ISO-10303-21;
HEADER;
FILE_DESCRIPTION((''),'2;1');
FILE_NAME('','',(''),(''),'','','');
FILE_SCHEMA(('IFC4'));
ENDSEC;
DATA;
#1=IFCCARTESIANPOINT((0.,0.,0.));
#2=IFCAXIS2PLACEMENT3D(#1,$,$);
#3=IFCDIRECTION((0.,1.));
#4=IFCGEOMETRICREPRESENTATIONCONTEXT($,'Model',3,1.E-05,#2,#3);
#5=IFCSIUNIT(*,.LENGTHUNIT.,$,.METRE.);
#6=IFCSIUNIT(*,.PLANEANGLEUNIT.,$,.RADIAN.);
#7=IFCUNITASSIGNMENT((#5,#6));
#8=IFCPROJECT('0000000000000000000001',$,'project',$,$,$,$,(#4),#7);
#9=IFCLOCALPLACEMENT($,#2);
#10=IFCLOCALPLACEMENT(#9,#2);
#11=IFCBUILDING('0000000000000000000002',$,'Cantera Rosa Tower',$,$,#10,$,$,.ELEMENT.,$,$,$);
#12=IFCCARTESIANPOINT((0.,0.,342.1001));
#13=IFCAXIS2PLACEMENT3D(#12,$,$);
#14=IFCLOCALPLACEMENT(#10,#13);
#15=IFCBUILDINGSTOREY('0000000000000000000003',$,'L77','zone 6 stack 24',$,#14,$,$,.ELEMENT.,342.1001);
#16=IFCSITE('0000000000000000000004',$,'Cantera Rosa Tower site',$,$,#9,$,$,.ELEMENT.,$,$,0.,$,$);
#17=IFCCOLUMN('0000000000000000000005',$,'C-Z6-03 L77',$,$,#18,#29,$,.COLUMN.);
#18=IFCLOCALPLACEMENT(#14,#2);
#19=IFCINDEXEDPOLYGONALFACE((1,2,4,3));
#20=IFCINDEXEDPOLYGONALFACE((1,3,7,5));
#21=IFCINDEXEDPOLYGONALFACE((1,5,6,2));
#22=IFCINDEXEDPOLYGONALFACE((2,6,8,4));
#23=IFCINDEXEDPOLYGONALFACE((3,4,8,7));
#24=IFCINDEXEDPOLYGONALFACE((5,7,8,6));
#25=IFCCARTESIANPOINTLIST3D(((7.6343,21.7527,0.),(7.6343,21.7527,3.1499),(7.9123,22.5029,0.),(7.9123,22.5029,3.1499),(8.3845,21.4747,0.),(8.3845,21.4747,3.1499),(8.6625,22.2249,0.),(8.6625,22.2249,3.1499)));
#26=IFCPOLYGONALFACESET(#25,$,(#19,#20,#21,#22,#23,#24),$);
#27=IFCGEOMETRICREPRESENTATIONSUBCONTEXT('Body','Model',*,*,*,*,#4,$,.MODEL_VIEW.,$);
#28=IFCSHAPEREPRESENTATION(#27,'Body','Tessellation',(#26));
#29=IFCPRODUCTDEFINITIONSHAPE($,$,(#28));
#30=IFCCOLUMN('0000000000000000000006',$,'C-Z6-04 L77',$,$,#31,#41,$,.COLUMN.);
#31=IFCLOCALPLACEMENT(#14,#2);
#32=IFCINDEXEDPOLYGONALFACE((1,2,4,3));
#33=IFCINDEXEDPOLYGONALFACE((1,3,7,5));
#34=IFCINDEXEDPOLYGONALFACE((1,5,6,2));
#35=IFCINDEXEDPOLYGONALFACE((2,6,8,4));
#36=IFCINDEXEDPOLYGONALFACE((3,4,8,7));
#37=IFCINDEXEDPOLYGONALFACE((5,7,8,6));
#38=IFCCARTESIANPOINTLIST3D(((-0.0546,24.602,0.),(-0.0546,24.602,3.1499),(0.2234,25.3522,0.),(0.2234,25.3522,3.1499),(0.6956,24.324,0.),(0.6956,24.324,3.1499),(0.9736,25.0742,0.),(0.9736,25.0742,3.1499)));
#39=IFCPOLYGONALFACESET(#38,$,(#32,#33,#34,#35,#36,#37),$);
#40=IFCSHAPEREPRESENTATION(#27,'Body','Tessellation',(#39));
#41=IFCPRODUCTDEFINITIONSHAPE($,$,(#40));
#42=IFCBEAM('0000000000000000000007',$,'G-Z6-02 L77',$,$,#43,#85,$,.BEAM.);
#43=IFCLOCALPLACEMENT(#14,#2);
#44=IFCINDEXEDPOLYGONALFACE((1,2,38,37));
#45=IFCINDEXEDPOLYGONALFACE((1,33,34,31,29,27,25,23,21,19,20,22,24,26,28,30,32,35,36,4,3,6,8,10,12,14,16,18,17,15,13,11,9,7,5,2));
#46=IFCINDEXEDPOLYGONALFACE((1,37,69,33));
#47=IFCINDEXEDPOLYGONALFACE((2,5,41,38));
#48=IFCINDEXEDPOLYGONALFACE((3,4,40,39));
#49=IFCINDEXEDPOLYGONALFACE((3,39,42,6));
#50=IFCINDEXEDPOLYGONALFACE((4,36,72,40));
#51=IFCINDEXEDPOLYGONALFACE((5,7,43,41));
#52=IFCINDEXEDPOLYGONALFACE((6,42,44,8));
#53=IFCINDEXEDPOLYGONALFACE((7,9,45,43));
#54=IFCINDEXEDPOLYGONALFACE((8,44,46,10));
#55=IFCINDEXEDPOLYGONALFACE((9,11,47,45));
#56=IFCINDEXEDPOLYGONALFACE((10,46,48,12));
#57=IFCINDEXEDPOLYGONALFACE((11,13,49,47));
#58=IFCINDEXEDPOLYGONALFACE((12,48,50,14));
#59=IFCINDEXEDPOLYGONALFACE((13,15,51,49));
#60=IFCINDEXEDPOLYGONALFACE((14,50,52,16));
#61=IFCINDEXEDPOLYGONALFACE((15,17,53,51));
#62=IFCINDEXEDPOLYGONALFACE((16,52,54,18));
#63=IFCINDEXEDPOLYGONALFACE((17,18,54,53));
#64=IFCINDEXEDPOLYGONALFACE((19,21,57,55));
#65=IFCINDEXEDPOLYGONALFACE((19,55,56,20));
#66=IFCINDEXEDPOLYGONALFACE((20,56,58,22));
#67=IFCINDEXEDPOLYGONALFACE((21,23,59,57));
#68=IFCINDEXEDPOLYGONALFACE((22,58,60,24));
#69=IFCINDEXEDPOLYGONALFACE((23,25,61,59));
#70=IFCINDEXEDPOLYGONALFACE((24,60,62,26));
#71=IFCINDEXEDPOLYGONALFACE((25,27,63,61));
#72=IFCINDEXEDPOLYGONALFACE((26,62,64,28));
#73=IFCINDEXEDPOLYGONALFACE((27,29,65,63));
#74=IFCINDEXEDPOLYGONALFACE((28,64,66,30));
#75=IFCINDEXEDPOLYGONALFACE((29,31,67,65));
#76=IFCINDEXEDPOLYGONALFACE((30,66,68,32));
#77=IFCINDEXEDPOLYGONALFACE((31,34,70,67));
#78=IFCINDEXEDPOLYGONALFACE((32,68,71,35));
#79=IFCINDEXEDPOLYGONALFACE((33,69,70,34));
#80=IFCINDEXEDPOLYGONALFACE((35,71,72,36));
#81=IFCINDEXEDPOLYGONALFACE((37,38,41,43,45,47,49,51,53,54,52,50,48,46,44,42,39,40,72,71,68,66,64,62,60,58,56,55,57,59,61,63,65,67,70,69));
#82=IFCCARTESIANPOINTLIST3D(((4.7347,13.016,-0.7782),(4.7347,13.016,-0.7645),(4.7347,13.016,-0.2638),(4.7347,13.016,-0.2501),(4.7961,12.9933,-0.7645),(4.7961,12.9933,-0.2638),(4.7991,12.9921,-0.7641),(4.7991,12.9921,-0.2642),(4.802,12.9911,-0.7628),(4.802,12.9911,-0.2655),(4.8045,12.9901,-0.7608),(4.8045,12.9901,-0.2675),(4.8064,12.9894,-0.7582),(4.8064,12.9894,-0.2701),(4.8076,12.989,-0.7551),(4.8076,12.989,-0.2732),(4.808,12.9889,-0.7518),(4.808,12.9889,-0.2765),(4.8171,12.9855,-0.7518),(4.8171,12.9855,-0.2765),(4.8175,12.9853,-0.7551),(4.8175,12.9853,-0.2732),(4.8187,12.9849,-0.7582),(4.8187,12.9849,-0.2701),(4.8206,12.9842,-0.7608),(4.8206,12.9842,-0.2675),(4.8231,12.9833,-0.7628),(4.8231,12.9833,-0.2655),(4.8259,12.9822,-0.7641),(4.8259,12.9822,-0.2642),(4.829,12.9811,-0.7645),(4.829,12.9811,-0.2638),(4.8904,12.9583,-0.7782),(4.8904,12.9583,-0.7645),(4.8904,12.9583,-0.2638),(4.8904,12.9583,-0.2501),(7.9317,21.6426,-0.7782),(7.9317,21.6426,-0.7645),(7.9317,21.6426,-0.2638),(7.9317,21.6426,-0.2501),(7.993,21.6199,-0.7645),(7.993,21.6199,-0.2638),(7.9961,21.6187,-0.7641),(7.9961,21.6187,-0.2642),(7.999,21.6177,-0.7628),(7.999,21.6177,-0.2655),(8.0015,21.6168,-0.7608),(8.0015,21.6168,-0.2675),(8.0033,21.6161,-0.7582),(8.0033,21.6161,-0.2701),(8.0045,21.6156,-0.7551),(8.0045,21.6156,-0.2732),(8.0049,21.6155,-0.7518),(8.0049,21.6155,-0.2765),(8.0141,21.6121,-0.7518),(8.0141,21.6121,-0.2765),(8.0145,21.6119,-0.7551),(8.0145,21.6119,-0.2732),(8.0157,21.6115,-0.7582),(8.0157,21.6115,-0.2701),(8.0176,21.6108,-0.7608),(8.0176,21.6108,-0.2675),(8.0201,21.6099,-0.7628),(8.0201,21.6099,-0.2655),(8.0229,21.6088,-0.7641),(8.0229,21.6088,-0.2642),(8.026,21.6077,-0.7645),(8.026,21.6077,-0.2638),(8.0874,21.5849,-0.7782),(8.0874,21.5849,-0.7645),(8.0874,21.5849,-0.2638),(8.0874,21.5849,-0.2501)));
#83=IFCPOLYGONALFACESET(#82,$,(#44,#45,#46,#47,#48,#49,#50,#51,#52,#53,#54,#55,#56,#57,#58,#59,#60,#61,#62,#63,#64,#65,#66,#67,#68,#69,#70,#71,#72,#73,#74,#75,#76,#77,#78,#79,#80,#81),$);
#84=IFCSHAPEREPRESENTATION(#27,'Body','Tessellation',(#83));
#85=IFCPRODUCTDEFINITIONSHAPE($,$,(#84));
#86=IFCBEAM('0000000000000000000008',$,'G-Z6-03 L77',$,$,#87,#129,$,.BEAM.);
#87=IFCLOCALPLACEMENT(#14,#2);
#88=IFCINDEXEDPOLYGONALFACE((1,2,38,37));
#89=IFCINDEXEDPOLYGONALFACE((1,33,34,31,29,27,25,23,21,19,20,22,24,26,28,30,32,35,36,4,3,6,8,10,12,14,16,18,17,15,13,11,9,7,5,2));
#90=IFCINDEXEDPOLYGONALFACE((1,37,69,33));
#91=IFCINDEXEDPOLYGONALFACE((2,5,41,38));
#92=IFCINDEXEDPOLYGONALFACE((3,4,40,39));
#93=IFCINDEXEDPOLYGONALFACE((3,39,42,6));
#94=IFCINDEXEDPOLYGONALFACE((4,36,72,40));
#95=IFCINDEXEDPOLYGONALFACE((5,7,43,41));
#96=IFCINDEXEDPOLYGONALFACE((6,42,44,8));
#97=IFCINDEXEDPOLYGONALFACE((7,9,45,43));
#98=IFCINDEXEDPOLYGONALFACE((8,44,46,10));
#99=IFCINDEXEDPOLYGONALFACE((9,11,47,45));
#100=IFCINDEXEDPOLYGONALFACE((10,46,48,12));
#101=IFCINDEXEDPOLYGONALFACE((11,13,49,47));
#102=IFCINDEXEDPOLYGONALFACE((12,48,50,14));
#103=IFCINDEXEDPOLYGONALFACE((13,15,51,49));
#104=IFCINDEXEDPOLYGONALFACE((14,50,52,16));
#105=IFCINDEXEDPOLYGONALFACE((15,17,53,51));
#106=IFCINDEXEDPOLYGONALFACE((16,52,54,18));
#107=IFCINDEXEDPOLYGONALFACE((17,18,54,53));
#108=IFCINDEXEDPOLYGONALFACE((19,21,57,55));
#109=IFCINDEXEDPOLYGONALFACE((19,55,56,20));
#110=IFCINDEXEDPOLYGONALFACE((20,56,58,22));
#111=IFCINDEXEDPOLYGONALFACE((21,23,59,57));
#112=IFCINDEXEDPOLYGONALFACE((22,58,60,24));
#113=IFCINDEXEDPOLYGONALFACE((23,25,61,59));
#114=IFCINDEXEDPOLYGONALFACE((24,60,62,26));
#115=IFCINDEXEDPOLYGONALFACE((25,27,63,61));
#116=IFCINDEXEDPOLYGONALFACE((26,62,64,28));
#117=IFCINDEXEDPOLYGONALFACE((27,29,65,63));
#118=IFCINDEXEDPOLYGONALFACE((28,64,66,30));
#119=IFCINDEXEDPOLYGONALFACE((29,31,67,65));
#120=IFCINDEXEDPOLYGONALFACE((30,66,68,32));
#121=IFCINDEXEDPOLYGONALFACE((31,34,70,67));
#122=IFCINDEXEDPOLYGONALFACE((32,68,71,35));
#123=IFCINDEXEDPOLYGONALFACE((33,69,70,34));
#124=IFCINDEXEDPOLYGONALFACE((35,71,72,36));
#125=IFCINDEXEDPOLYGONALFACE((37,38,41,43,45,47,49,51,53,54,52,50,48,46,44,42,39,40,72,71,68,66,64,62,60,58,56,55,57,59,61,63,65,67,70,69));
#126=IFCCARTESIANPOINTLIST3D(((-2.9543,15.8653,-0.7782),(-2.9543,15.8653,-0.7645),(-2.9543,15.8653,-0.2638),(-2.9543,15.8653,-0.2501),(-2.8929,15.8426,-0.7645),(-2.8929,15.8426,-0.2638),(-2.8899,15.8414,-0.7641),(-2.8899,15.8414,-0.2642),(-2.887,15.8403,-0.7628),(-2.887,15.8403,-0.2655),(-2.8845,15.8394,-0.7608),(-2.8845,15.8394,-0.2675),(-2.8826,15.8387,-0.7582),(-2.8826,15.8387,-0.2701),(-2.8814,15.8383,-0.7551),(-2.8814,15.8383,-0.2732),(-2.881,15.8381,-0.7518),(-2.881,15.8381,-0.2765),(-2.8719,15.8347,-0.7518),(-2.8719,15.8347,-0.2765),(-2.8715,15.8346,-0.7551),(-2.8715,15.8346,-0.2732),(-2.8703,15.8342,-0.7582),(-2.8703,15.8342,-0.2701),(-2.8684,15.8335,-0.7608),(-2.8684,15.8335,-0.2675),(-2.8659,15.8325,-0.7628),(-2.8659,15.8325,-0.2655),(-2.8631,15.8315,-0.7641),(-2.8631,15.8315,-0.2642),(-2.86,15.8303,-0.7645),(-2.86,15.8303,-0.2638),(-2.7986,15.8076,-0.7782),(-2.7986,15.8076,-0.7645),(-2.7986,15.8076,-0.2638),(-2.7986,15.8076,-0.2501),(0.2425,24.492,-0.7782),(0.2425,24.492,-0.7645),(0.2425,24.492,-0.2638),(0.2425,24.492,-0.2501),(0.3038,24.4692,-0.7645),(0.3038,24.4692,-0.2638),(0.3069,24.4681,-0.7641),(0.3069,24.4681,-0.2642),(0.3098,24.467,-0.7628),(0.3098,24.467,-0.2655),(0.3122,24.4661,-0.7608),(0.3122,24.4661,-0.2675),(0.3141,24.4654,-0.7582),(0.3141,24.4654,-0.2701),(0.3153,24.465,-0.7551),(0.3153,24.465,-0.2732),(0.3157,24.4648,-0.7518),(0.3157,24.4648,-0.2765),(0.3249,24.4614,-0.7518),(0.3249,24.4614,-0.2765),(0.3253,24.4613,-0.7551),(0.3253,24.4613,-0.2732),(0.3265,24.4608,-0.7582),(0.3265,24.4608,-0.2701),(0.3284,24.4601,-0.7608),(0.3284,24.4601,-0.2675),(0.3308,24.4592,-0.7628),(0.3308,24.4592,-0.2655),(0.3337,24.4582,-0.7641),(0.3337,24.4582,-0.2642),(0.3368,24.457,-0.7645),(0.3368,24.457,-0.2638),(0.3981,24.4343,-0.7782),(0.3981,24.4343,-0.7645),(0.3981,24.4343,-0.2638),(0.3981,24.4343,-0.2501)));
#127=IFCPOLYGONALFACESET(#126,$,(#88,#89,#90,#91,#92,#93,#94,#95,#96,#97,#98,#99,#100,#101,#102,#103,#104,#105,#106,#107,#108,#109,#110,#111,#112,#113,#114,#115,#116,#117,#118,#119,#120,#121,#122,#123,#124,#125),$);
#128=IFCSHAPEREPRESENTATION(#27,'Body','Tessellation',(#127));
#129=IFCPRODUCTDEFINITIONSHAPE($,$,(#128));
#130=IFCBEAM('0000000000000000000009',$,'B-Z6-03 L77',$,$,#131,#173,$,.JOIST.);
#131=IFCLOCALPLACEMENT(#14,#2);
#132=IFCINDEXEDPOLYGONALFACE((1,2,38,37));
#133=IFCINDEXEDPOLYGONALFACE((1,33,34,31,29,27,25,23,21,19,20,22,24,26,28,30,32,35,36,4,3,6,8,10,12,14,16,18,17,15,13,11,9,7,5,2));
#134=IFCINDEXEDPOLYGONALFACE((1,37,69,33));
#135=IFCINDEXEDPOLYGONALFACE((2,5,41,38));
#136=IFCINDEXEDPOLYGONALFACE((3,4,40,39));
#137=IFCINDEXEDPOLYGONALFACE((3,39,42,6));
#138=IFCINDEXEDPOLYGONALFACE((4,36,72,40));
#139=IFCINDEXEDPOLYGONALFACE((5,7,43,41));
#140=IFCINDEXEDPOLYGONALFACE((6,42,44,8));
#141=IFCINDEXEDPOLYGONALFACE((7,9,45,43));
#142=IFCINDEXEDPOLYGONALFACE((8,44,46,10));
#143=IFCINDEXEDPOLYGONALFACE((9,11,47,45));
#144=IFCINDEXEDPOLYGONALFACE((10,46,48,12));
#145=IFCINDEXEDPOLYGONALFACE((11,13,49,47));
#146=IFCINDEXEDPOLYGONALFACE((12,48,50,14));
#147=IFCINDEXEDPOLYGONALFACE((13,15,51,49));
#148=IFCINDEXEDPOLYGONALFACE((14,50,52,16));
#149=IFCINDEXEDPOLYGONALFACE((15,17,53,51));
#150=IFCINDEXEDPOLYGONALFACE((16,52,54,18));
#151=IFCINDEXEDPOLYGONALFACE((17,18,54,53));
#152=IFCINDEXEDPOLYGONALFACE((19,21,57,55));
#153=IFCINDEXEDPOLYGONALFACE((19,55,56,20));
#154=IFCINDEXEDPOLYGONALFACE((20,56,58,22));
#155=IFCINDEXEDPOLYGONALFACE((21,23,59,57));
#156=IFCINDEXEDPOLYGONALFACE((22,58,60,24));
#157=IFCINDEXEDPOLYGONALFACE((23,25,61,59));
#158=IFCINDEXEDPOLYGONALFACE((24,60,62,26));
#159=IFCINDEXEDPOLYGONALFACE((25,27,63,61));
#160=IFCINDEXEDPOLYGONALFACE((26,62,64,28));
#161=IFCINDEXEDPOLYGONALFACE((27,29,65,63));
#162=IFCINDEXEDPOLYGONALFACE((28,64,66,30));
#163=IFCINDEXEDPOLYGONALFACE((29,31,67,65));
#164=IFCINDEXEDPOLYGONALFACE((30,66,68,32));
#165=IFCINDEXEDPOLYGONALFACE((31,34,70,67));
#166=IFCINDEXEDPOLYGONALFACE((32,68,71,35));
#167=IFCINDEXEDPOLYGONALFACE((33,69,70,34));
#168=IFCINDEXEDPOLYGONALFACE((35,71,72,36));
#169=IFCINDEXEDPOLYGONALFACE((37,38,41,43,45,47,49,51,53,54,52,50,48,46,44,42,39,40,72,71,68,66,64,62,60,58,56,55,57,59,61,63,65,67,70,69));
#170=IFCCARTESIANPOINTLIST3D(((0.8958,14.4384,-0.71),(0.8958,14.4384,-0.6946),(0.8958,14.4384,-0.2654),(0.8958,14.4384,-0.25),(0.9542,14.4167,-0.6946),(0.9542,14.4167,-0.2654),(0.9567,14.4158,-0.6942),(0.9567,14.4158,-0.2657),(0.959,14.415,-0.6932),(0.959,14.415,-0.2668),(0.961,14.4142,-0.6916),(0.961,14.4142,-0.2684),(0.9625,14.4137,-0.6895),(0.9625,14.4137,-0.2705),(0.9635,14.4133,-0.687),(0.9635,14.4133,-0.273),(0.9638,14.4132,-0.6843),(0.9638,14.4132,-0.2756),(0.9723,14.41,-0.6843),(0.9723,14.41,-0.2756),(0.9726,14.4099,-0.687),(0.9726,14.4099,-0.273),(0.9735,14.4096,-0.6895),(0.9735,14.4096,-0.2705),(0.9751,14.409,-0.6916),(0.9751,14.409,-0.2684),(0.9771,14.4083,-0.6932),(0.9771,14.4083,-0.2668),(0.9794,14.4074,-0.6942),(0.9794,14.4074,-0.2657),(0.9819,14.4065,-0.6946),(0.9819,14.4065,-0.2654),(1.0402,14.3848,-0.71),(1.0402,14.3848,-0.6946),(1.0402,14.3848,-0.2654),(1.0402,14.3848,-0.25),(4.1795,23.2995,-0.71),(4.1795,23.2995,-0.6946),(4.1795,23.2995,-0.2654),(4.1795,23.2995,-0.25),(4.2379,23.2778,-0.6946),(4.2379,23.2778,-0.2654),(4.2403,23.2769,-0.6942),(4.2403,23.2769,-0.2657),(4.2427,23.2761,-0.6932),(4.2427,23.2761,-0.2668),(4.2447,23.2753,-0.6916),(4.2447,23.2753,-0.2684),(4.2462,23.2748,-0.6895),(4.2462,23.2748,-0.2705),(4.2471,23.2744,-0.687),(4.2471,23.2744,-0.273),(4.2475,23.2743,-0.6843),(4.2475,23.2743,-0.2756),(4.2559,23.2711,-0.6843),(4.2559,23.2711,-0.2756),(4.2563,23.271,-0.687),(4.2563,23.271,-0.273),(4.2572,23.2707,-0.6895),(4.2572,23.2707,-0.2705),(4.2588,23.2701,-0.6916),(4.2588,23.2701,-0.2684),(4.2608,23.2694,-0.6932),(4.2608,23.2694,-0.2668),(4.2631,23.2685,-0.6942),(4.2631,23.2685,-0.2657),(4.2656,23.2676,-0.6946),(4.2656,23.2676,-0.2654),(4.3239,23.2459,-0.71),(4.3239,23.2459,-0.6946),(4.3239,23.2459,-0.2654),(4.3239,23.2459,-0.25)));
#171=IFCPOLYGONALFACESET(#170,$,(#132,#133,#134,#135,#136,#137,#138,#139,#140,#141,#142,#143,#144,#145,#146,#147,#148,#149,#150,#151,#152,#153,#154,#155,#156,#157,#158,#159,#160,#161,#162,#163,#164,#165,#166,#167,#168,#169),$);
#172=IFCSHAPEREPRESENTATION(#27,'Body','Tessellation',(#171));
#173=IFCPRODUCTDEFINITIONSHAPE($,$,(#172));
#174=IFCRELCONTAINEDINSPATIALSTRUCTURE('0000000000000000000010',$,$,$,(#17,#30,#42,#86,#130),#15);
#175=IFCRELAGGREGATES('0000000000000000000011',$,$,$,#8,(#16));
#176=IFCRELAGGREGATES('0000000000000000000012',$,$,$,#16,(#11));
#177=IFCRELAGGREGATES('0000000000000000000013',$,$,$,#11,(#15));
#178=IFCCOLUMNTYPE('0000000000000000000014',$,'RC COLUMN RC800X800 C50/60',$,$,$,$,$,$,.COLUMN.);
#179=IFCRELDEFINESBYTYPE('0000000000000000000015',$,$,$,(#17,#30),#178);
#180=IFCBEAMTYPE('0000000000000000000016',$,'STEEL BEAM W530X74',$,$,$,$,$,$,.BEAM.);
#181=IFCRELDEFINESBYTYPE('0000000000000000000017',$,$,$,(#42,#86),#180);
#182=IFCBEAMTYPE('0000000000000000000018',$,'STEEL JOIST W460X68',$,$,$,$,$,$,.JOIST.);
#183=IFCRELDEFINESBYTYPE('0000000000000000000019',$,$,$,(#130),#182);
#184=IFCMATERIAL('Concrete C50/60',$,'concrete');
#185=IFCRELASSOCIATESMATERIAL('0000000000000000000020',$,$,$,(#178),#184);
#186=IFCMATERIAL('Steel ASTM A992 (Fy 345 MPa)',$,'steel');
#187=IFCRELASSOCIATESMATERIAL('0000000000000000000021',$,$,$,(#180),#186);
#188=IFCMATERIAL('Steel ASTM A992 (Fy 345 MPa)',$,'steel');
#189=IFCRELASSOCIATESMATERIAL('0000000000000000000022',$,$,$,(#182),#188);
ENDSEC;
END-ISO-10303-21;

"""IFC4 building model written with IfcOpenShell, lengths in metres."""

from ifc_helpers import new_model, si_unit, direction, frame, origin, origin_2d, place, context, subcontext, project, spatial, rectangle, i_section, extrude, material, material_profile, profile_set, type_object, element, save


model = new_model("IFC4")

# Units and contexts
model_context = context("Model", 3, precision=1e-05, world=origin(), true_north=direction((0.0, 1.0)))
body_context = subcontext(model_context, "Body", "Model", "MODEL_VIEW")
ifc_project = project(units=[si_unit("LENGTHUNIT", "METRE"), si_unit("PLANEANGLEUNIT", "RADIAN")], contexts=[model_context])

# Site, building, storey
site_placement = place(None, origin())
site = spatial("IfcSite", under=ifc_project, at=site_placement, Name="Cantera Rosa Tower site", CompositionType="ELEMENT", RefElevation=0.0)
building_placement = place(site_placement, origin())
building = spatial("IfcBuilding", under=site, at=building_placement, Name="Cantera Rosa Tower", CompositionType="ELEMENT")
storey_placement = place(building_placement, frame((0.0, 0.0, 342.1001)))
storey = spatial("IfcBuildingStorey", under=building, at=storey_placement, Name="L77", Description="zone 6 stack 24", CompositionType="ELEMENT", Elevation=342.1001)

# Columns
ifc_material_1 = material(Name="Concrete C50/60", Category="concrete")
ifc_material_profile_1 = material_profile(ifc_material_1, rectangle(XDim=0.8, YDim=0.8, at=origin_2d()), Name="RC COLUMN RC800X800 C50/60")
ifc_profile_set_1 = profile_set([ifc_material_profile_1], Name="Concrete C50/60")
column_type = type_object("IfcColumnType", Name="RC COLUMN RC800X800 C50/60", PredefinedType="COLUMN", material=ifc_profile_set_1)
for number, where, z_axis, x_axis, name in (
    (1, (8.1484, 21.9888, 0.0), (0.0, 0.0, 1.0), (0.347481, 0.937687, 0.0), "C-Z6-03 L77"),
    (2, (0.4595, 24.8381, 0.0), (0.0, 0.0, 1.0), (0.347481, 0.937687, 0.0), "C-Z6-04 L77"),
):
    element("IfcColumn", number, at=place(storey_placement, frame(where, z_axis=z_axis, x_axis=x_axis)), inside=storey, type_object=column_type, Name=name, PredefinedType="COLUMN", context=body_context, shape_type="SweptSolid", body=[
        extrude(rectangle(XDim=0.8, YDim=0.8, at=origin_2d()), origin(), (0.0, 0.0, 1.0), 3.1499),
    ])

# Beams
ifc_material_2 = material(Name="Steel ASTM A992 (Fy 345 MPa)", Category="steel")
ifc_material_profile_2 = material_profile(ifc_material_2, i_section(OverallWidth=0.166, OverallDepth=0.5281, WebThickness=0.0098, FlangeThickness=0.0137, FilletRadius=0.0127, at=origin_2d()), Name="W530X74")
ifc_profile_set_2 = profile_set([ifc_material_profile_2], Name="Steel ASTM A992 (Fy 345 MPa)")
beam_type_1 = type_object("IfcBeamType", Name="STEEL BEAM W530X74", PredefinedType="BEAM", material=ifc_profile_set_2)
for number, where, z_axis, x_axis, name in (
    (3, (8.0095, 21.6138, -0.5142), (-0.3475, -0.93768, 0.0), (0.93768, -0.3475, 0.0), "G-Z6-02 L77"),
    (4, (0.3203, 24.4631, -0.5142), (-0.347477, -0.937689, 0.0), (0.937689, -0.347477, 0.0), "G-Z6-03 L77"),
):
    element("IfcBeam", number, at=place(storey_placement, frame(where, z_axis=z_axis, x_axis=x_axis)), inside=storey, type_object=beam_type_1, Name=name, PredefinedType="BEAM", context=body_context, shape_type="SweptSolid", body=[
        extrude(i_section(OverallWidth=0.166, OverallDepth=0.5281, WebThickness=0.0098, FlangeThickness=0.0137, FilletRadius=0.0127, at=origin_2d()), origin(), (0.0, 0.0, 1.0), 9.2),
    ])
ifc_material_3 = material(Name="Steel ASTM A992 (Fy 345 MPa)", Category="steel")
ifc_material_profile_3 = material_profile(ifc_material_3, i_section(OverallWidth=0.1541, OverallDepth=0.46, WebThickness=0.009, FlangeThickness=0.0154, FilletRadius=0.0103, at=origin_2d()), Name="W460X68")
ifc_profile_set_3 = profile_set([ifc_material_profile_3], Name="Steel ASTM A992 (Fy 345 MPa)")
beam_type_2 = type_object("IfcBeamType", Name="STEEL JOIST W460X68", PredefinedType="JOIST", material=ifc_profile_set_3)
beam_1_placement = place(storey_placement, frame((4.2517, 23.2727, -0.48), z_axis=(-0.347483, -0.937686, 0.0), x_axis=(0.937686, -0.347483, 0.0)))
element("IfcBeam", 5, at=beam_1_placement, inside=storey, type_object=beam_type_2, Name="B-Z6-03 L77", PredefinedType="JOIST", context=body_context, shape_type="SweptSolid", body=[
    extrude(i_section(OverallWidth=0.1541, OverallDepth=0.46, WebThickness=0.009, FlangeThickness=0.0154, FilletRadius=0.0103, at=origin_2d()), origin(), (0.0, 0.0, 1.0), 9.45),
])

save(model, "model.ifc")
